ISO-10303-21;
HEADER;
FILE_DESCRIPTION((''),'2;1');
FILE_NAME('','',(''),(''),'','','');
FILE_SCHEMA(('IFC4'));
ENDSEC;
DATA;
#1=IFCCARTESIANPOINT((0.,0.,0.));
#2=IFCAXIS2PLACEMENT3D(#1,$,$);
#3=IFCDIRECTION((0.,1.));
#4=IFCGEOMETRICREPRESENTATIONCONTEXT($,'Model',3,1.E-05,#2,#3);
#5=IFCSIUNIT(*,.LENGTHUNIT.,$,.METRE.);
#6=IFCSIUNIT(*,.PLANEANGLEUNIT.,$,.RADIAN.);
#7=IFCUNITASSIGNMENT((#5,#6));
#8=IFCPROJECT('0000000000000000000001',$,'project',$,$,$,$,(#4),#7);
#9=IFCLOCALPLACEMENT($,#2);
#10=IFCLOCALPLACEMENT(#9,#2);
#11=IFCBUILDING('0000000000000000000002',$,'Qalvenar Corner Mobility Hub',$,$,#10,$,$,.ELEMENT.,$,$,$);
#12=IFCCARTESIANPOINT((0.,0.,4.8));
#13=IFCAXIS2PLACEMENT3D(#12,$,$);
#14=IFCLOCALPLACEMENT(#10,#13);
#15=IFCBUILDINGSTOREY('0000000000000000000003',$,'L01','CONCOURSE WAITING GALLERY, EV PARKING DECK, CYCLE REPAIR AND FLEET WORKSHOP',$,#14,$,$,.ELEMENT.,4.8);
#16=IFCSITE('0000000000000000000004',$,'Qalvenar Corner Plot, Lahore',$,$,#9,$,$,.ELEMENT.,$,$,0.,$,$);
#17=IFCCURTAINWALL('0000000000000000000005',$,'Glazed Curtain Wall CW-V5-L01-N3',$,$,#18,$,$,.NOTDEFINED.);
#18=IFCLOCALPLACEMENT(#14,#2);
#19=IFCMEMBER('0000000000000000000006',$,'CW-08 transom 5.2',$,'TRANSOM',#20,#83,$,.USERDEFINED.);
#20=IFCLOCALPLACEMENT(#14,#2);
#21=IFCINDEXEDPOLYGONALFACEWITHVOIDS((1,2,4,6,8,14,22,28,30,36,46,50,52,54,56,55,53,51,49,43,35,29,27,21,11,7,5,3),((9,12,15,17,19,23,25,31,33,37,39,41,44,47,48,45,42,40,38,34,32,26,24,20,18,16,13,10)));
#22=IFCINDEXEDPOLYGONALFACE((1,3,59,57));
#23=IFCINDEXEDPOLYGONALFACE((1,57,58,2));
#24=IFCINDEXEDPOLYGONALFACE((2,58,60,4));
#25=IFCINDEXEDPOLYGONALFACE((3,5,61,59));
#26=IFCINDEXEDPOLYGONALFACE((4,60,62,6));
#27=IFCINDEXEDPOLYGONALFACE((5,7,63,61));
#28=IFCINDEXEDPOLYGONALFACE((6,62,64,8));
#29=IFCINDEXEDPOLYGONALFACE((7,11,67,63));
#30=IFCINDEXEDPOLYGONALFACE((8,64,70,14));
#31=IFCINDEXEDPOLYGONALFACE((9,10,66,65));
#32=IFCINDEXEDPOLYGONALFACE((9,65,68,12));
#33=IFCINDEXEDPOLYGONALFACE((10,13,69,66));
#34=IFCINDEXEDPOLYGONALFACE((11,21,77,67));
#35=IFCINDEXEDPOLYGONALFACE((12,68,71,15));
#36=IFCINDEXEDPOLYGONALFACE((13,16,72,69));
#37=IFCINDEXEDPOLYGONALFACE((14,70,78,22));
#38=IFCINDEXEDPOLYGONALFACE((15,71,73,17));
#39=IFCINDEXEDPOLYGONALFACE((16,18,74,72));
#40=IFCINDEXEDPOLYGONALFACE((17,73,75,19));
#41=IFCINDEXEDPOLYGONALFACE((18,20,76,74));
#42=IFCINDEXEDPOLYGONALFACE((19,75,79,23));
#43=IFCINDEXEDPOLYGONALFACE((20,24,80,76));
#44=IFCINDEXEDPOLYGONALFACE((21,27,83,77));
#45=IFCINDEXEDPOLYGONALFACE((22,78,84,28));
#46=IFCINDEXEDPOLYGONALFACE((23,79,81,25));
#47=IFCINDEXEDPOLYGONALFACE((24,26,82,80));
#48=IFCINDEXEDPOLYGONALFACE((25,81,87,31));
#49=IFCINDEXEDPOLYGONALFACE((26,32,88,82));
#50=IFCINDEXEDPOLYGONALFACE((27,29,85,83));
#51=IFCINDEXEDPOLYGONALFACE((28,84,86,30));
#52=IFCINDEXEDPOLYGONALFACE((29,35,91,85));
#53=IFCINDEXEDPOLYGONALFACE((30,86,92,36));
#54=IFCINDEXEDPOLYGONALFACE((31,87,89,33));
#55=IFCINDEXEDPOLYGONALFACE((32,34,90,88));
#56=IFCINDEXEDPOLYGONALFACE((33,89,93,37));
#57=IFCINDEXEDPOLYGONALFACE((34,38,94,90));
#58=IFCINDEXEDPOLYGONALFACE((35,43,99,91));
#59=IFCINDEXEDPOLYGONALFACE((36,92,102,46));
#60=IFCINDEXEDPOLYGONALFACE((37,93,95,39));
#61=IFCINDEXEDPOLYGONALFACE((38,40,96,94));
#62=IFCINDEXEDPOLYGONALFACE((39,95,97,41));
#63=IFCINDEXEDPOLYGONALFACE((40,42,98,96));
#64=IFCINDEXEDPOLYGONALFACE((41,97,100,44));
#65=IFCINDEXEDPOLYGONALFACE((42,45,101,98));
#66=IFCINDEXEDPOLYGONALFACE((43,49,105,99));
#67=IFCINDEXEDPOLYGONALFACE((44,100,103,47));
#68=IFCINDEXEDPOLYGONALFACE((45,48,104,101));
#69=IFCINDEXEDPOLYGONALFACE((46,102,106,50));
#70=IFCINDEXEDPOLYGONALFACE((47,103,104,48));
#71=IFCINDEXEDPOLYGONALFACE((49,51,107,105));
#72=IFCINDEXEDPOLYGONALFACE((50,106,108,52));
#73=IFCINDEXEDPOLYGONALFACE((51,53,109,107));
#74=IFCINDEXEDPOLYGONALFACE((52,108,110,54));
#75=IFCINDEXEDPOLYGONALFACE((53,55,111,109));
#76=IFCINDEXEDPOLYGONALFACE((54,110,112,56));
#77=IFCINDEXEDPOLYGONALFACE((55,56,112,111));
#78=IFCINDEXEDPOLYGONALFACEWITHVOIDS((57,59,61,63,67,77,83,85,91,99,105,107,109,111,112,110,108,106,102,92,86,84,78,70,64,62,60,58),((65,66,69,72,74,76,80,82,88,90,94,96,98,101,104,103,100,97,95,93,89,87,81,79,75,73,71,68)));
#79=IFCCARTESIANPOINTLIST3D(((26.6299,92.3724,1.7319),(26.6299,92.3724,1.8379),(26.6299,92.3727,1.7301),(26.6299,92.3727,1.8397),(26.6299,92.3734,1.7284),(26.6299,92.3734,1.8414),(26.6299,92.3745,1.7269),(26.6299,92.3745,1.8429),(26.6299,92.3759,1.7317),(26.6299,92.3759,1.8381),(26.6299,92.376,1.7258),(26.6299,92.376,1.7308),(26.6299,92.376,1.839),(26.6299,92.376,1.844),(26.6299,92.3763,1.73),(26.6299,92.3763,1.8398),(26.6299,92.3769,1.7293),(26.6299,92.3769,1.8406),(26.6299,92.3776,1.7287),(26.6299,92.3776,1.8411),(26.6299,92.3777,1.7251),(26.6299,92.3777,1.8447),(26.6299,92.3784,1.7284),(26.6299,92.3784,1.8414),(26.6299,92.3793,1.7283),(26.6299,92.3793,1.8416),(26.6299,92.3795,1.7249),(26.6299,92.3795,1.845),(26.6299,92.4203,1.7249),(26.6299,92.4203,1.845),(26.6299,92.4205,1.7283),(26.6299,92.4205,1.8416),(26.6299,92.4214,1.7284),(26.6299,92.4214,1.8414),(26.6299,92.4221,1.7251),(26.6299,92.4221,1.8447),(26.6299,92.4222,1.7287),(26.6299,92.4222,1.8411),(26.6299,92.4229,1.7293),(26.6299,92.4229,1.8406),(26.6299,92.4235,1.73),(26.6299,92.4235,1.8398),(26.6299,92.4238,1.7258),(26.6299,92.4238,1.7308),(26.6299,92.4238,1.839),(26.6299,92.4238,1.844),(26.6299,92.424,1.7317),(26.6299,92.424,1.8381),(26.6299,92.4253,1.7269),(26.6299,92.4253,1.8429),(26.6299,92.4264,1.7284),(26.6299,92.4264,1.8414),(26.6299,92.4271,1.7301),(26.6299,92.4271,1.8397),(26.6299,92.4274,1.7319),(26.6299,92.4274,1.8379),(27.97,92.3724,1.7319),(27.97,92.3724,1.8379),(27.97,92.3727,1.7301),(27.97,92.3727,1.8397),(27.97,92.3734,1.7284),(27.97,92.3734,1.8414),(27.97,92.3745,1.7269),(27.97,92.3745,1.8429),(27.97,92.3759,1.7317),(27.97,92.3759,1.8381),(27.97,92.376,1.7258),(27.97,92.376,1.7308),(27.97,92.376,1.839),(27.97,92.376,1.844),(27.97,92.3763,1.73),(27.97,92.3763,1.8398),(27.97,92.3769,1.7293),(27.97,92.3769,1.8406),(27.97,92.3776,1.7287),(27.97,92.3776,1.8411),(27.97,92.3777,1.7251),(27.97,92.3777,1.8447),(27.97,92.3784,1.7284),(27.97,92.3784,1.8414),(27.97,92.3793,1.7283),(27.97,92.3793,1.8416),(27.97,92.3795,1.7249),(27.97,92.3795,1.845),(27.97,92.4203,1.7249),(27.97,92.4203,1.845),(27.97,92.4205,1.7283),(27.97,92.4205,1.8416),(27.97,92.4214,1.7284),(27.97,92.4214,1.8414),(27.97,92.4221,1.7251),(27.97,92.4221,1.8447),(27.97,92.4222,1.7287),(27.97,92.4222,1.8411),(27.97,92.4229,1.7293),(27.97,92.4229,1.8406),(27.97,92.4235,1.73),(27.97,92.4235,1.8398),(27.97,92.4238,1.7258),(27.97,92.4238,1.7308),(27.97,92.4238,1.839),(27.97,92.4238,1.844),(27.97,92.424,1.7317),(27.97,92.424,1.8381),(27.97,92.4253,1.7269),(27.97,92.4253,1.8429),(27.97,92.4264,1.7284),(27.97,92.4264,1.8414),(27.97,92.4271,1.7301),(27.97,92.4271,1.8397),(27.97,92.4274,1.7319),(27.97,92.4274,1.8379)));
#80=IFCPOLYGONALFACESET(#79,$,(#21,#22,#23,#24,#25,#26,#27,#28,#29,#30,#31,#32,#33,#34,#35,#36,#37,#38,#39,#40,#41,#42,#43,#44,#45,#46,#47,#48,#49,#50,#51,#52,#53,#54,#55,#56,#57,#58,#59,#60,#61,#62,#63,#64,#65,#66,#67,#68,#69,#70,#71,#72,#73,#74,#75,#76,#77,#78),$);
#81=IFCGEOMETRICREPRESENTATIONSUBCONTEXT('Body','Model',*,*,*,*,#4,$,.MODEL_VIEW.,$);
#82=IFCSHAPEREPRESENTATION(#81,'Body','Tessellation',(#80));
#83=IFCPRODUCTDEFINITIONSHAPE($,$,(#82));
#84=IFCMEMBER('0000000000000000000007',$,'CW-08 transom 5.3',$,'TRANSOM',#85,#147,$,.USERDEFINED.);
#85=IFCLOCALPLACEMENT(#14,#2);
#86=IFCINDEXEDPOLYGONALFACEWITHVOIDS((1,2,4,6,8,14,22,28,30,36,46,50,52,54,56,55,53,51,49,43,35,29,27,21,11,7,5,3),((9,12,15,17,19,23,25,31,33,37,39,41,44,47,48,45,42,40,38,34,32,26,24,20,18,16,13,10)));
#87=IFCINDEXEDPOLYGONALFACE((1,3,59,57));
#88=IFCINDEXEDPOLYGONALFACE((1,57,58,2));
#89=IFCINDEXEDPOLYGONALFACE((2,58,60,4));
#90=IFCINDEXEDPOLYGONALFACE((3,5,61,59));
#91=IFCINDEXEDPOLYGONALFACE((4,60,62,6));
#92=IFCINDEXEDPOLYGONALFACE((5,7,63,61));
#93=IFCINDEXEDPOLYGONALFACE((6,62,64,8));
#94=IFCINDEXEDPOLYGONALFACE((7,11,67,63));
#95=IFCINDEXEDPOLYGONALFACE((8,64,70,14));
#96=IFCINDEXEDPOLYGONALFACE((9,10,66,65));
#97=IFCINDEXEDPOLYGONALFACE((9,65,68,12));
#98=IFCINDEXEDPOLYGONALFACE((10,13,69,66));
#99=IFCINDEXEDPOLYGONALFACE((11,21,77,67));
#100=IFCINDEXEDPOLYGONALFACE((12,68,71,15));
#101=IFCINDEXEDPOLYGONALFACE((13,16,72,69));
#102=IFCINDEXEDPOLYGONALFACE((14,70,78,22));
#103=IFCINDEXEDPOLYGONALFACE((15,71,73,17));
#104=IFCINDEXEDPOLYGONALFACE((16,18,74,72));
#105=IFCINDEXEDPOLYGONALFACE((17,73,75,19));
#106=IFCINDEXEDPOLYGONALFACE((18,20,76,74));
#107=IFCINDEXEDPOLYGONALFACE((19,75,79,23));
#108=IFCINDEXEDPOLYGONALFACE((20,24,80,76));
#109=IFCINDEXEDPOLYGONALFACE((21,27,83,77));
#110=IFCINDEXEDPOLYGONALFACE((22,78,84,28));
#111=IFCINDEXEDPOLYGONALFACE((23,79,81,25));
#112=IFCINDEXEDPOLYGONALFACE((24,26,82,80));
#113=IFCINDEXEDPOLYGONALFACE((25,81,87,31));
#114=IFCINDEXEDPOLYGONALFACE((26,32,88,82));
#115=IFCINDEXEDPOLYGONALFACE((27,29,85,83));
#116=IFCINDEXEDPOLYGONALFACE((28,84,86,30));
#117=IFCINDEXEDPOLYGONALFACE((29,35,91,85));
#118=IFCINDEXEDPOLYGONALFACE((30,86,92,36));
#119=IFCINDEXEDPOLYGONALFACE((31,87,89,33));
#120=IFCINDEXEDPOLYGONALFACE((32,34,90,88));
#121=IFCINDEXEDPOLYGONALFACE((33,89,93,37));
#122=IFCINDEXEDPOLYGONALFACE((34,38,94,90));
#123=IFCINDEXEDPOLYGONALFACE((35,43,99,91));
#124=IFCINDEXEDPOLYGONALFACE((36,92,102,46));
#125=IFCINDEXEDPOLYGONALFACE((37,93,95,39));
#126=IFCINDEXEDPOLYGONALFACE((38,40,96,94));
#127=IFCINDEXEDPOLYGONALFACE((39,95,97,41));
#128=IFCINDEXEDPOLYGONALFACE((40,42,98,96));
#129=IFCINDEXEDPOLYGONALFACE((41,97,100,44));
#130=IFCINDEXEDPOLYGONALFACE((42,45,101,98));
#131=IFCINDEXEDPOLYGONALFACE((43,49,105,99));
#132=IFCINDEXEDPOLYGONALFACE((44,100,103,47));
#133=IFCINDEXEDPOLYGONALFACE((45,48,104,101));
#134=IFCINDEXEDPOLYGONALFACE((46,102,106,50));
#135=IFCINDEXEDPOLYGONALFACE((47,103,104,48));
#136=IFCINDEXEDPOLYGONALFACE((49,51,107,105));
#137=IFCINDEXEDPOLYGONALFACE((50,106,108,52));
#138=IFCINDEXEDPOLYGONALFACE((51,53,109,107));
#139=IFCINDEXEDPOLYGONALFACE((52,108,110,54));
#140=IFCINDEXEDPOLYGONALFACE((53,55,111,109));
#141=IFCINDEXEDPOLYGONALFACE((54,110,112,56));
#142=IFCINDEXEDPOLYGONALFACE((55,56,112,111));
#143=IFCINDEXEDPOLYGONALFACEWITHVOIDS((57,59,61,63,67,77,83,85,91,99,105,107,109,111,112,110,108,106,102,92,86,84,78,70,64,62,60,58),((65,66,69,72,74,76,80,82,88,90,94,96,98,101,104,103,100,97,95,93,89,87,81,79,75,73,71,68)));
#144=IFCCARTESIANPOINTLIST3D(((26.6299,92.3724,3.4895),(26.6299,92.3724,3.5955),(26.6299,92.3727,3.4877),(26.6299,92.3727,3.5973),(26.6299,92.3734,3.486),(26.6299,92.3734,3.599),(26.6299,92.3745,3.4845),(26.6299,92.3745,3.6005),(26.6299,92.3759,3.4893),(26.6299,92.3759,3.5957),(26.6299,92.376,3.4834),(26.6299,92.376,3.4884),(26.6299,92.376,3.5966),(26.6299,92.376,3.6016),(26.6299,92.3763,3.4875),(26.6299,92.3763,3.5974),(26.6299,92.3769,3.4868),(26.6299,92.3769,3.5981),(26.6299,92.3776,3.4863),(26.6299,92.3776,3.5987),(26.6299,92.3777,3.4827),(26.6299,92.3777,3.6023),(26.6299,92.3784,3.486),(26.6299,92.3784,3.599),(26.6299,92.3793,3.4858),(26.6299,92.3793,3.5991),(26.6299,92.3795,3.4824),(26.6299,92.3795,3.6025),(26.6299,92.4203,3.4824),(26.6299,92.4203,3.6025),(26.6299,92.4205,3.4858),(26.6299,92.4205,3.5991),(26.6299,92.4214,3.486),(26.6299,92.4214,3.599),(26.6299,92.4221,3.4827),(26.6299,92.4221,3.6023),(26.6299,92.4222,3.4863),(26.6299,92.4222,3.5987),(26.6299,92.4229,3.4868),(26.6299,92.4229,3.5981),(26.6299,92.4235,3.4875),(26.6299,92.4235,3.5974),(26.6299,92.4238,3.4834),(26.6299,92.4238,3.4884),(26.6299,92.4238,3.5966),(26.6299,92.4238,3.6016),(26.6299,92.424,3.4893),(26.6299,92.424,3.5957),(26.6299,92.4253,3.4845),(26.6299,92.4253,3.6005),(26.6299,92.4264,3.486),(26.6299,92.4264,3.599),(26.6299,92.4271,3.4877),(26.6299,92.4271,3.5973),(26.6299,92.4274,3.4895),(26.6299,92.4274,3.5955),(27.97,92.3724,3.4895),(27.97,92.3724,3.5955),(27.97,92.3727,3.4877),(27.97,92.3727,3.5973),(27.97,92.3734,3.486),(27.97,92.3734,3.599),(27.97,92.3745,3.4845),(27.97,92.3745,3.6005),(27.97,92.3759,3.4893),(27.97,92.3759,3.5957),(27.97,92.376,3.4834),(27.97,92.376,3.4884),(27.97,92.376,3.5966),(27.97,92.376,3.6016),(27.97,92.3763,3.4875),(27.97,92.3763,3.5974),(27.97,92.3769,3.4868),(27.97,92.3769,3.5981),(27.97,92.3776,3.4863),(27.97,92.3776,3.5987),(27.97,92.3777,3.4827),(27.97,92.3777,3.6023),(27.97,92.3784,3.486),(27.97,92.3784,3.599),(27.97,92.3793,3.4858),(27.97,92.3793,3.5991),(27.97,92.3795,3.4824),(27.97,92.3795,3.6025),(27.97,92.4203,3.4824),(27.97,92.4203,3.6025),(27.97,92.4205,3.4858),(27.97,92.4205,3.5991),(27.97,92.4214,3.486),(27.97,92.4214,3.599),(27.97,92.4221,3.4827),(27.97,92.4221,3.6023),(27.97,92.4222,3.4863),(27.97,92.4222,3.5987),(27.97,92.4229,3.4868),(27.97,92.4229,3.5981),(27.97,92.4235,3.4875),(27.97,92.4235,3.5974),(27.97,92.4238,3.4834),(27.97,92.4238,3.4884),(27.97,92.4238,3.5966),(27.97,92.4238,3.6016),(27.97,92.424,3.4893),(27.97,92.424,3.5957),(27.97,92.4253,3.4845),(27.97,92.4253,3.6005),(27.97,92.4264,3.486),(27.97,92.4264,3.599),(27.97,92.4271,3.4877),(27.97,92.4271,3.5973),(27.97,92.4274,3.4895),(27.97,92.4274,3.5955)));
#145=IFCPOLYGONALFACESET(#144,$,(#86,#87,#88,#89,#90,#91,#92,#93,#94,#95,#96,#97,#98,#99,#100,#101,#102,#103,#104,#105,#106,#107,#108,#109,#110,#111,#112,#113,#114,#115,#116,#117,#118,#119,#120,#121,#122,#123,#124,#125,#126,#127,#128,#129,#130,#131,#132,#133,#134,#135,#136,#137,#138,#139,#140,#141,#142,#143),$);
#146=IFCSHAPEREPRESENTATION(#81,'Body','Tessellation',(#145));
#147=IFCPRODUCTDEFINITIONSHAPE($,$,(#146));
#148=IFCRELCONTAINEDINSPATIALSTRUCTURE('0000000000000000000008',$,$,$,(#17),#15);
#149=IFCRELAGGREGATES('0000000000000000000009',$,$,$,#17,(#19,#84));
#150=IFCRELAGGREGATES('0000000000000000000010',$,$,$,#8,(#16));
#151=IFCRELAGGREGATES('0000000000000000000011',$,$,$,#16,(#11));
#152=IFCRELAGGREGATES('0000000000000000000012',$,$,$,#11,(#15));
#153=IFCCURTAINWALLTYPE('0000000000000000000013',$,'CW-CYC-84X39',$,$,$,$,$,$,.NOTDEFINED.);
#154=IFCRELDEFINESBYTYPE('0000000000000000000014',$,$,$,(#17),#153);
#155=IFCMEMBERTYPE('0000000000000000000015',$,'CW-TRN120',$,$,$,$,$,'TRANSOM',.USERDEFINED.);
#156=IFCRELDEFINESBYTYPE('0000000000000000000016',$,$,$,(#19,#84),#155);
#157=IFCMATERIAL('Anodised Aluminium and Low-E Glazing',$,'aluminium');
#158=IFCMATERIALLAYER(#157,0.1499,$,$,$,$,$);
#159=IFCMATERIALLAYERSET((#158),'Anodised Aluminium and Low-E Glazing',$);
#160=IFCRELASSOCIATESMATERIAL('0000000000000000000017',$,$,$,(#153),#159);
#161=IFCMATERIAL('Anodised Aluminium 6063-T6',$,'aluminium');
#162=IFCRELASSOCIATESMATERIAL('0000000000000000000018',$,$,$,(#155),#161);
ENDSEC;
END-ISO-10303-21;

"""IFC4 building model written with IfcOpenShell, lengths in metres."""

from ifc_helpers import new_model, si_unit, direction, frame, origin, origin_2d, place, context, subcontext, project, spatial, hollow_rectangle, extrude, material, layer, layer_set, material_profile, profile_set, type_object, element, aggregate, save


model = new_model("IFC4")

# Units and contexts
model_context = context("Model", 3, precision=1e-05, world=origin(), true_north=direction((0.0, 1.0)))
body_context = subcontext(model_context, "Body", "Model", "MODEL_VIEW")
ifc_project = project(units=[si_unit("LENGTHUNIT", "METRE"), si_unit("PLANEANGLEUNIT", "RADIAN")], contexts=[model_context])

# Site, building, storey
site_placement = place(None, origin())
site = spatial("IfcSite", under=ifc_project, at=site_placement, Name="Qalvenar Corner Plot, Lahore", CompositionType="ELEMENT", RefElevation=0.0)
building_placement = place(site_placement, origin())
building = spatial("IfcBuilding", under=site, at=building_placement, Name="Qalvenar Corner Mobility Hub", CompositionType="ELEMENT")
storey_placement = place(building_placement, frame((0.0, 0.0, 4.8)))
storey = spatial("IfcBuildingStorey", under=building, at=storey_placement, Name="L01", Description="CONCOURSE WAITING GALLERY, EV PARKING DECK, CYCLE REPAIR AND FLEET WORKSHOP", CompositionType="ELEMENT", Elevation=4.8)

# Shared definitions
ifc_material_1 = material(Name="Anodised Aluminium and Low-E Glazing", Category="aluminium")
ifc_layer_1 = layer(ifc_material_1, 0.1499)
ifc_layer_set_1 = layer_set([ifc_layer_1], Name="Anodised Aluminium and Low-E Glazing")
curtain_wall_type = type_object("IfcCurtainWallType", Name="CW-CYC-84X39", PredefinedType="NOTDEFINED", material=ifc_layer_set_1)
ifc_material_2 = material(Name="Anodised Aluminium 6063-T6", Category="aluminium")

# Curtain wall
curtain_wall_1_placement = place(storey_placement, origin())
curtain_wall_1 = element("IfcCurtainWall", 1, at=curtain_wall_1_placement, inside=storey, type_object=curtain_wall_type, Name="Glazed Curtain Wall CW-V5-L01-N3", PredefinedType="NOTDEFINED")

# Members
ifc_material_profile_1 = material_profile(ifc_material_2, hollow_rectangle(XDim=0.0549, YDim=0.1201, WallThickness=0.0034, InnerFilletRadius=0.0034, OuterFilletRadius=0.0071, at=origin_2d()), Name="RHS120x55x3.5")
ifc_profile_set_1 = profile_set([ifc_material_profile_1], Name="Anodised Aluminium 6063-T6")
member_type_1 = type_object("IfcMemberType", Name="CW-TRN120", ElementType="TRANSOM", PredefinedType="USERDEFINED", material=ifc_profile_set_1)
member_1_placement = place(storey_placement, frame((27.97, 92.3999, 1.7849), z_axis=(-1.0, 0.0, 0.0), x_axis=(0.0, -1.0, 0.0)))
member_1 = element("IfcMember", 2, at=member_1_placement, type_object=member_type_1, Name="CW-08 transom 5.2", ObjectType="TRANSOM", PredefinedType="USERDEFINED", context=body_context, shape_type="SweptSolid", body=[
    extrude(hollow_rectangle(XDim=0.0549, YDim=0.1201, WallThickness=0.0034, InnerFilletRadius=0.0034, OuterFilletRadius=0.0071, at=origin_2d()), origin(), (0.0, 0.0, 1.0), 1.3401),
])
member_2_placement = place(storey_placement, frame((27.97, 92.3999, 3.5425), z_axis=(-1.0, 0.0, 0.0), x_axis=(0.0, -1.0, 0.0)))
member_2 = element("IfcMember", 3, at=member_2_placement, type_object=member_type_1, Name="CW-08 transom 5.3", ObjectType="TRANSOM", PredefinedType="USERDEFINED", context=body_context, shape_type="SweptSolid", body=[
    extrude(hollow_rectangle(XDim=0.0549, YDim=0.1201, WallThickness=0.0034, InnerFilletRadius=0.0034, OuterFilletRadius=0.0071, at=origin_2d()), origin(), (0.0, 0.0, 1.0), 1.3401),
])

aggregate(curtain_wall_1, [member_1, member_2])

save(model, "model.ifc")
